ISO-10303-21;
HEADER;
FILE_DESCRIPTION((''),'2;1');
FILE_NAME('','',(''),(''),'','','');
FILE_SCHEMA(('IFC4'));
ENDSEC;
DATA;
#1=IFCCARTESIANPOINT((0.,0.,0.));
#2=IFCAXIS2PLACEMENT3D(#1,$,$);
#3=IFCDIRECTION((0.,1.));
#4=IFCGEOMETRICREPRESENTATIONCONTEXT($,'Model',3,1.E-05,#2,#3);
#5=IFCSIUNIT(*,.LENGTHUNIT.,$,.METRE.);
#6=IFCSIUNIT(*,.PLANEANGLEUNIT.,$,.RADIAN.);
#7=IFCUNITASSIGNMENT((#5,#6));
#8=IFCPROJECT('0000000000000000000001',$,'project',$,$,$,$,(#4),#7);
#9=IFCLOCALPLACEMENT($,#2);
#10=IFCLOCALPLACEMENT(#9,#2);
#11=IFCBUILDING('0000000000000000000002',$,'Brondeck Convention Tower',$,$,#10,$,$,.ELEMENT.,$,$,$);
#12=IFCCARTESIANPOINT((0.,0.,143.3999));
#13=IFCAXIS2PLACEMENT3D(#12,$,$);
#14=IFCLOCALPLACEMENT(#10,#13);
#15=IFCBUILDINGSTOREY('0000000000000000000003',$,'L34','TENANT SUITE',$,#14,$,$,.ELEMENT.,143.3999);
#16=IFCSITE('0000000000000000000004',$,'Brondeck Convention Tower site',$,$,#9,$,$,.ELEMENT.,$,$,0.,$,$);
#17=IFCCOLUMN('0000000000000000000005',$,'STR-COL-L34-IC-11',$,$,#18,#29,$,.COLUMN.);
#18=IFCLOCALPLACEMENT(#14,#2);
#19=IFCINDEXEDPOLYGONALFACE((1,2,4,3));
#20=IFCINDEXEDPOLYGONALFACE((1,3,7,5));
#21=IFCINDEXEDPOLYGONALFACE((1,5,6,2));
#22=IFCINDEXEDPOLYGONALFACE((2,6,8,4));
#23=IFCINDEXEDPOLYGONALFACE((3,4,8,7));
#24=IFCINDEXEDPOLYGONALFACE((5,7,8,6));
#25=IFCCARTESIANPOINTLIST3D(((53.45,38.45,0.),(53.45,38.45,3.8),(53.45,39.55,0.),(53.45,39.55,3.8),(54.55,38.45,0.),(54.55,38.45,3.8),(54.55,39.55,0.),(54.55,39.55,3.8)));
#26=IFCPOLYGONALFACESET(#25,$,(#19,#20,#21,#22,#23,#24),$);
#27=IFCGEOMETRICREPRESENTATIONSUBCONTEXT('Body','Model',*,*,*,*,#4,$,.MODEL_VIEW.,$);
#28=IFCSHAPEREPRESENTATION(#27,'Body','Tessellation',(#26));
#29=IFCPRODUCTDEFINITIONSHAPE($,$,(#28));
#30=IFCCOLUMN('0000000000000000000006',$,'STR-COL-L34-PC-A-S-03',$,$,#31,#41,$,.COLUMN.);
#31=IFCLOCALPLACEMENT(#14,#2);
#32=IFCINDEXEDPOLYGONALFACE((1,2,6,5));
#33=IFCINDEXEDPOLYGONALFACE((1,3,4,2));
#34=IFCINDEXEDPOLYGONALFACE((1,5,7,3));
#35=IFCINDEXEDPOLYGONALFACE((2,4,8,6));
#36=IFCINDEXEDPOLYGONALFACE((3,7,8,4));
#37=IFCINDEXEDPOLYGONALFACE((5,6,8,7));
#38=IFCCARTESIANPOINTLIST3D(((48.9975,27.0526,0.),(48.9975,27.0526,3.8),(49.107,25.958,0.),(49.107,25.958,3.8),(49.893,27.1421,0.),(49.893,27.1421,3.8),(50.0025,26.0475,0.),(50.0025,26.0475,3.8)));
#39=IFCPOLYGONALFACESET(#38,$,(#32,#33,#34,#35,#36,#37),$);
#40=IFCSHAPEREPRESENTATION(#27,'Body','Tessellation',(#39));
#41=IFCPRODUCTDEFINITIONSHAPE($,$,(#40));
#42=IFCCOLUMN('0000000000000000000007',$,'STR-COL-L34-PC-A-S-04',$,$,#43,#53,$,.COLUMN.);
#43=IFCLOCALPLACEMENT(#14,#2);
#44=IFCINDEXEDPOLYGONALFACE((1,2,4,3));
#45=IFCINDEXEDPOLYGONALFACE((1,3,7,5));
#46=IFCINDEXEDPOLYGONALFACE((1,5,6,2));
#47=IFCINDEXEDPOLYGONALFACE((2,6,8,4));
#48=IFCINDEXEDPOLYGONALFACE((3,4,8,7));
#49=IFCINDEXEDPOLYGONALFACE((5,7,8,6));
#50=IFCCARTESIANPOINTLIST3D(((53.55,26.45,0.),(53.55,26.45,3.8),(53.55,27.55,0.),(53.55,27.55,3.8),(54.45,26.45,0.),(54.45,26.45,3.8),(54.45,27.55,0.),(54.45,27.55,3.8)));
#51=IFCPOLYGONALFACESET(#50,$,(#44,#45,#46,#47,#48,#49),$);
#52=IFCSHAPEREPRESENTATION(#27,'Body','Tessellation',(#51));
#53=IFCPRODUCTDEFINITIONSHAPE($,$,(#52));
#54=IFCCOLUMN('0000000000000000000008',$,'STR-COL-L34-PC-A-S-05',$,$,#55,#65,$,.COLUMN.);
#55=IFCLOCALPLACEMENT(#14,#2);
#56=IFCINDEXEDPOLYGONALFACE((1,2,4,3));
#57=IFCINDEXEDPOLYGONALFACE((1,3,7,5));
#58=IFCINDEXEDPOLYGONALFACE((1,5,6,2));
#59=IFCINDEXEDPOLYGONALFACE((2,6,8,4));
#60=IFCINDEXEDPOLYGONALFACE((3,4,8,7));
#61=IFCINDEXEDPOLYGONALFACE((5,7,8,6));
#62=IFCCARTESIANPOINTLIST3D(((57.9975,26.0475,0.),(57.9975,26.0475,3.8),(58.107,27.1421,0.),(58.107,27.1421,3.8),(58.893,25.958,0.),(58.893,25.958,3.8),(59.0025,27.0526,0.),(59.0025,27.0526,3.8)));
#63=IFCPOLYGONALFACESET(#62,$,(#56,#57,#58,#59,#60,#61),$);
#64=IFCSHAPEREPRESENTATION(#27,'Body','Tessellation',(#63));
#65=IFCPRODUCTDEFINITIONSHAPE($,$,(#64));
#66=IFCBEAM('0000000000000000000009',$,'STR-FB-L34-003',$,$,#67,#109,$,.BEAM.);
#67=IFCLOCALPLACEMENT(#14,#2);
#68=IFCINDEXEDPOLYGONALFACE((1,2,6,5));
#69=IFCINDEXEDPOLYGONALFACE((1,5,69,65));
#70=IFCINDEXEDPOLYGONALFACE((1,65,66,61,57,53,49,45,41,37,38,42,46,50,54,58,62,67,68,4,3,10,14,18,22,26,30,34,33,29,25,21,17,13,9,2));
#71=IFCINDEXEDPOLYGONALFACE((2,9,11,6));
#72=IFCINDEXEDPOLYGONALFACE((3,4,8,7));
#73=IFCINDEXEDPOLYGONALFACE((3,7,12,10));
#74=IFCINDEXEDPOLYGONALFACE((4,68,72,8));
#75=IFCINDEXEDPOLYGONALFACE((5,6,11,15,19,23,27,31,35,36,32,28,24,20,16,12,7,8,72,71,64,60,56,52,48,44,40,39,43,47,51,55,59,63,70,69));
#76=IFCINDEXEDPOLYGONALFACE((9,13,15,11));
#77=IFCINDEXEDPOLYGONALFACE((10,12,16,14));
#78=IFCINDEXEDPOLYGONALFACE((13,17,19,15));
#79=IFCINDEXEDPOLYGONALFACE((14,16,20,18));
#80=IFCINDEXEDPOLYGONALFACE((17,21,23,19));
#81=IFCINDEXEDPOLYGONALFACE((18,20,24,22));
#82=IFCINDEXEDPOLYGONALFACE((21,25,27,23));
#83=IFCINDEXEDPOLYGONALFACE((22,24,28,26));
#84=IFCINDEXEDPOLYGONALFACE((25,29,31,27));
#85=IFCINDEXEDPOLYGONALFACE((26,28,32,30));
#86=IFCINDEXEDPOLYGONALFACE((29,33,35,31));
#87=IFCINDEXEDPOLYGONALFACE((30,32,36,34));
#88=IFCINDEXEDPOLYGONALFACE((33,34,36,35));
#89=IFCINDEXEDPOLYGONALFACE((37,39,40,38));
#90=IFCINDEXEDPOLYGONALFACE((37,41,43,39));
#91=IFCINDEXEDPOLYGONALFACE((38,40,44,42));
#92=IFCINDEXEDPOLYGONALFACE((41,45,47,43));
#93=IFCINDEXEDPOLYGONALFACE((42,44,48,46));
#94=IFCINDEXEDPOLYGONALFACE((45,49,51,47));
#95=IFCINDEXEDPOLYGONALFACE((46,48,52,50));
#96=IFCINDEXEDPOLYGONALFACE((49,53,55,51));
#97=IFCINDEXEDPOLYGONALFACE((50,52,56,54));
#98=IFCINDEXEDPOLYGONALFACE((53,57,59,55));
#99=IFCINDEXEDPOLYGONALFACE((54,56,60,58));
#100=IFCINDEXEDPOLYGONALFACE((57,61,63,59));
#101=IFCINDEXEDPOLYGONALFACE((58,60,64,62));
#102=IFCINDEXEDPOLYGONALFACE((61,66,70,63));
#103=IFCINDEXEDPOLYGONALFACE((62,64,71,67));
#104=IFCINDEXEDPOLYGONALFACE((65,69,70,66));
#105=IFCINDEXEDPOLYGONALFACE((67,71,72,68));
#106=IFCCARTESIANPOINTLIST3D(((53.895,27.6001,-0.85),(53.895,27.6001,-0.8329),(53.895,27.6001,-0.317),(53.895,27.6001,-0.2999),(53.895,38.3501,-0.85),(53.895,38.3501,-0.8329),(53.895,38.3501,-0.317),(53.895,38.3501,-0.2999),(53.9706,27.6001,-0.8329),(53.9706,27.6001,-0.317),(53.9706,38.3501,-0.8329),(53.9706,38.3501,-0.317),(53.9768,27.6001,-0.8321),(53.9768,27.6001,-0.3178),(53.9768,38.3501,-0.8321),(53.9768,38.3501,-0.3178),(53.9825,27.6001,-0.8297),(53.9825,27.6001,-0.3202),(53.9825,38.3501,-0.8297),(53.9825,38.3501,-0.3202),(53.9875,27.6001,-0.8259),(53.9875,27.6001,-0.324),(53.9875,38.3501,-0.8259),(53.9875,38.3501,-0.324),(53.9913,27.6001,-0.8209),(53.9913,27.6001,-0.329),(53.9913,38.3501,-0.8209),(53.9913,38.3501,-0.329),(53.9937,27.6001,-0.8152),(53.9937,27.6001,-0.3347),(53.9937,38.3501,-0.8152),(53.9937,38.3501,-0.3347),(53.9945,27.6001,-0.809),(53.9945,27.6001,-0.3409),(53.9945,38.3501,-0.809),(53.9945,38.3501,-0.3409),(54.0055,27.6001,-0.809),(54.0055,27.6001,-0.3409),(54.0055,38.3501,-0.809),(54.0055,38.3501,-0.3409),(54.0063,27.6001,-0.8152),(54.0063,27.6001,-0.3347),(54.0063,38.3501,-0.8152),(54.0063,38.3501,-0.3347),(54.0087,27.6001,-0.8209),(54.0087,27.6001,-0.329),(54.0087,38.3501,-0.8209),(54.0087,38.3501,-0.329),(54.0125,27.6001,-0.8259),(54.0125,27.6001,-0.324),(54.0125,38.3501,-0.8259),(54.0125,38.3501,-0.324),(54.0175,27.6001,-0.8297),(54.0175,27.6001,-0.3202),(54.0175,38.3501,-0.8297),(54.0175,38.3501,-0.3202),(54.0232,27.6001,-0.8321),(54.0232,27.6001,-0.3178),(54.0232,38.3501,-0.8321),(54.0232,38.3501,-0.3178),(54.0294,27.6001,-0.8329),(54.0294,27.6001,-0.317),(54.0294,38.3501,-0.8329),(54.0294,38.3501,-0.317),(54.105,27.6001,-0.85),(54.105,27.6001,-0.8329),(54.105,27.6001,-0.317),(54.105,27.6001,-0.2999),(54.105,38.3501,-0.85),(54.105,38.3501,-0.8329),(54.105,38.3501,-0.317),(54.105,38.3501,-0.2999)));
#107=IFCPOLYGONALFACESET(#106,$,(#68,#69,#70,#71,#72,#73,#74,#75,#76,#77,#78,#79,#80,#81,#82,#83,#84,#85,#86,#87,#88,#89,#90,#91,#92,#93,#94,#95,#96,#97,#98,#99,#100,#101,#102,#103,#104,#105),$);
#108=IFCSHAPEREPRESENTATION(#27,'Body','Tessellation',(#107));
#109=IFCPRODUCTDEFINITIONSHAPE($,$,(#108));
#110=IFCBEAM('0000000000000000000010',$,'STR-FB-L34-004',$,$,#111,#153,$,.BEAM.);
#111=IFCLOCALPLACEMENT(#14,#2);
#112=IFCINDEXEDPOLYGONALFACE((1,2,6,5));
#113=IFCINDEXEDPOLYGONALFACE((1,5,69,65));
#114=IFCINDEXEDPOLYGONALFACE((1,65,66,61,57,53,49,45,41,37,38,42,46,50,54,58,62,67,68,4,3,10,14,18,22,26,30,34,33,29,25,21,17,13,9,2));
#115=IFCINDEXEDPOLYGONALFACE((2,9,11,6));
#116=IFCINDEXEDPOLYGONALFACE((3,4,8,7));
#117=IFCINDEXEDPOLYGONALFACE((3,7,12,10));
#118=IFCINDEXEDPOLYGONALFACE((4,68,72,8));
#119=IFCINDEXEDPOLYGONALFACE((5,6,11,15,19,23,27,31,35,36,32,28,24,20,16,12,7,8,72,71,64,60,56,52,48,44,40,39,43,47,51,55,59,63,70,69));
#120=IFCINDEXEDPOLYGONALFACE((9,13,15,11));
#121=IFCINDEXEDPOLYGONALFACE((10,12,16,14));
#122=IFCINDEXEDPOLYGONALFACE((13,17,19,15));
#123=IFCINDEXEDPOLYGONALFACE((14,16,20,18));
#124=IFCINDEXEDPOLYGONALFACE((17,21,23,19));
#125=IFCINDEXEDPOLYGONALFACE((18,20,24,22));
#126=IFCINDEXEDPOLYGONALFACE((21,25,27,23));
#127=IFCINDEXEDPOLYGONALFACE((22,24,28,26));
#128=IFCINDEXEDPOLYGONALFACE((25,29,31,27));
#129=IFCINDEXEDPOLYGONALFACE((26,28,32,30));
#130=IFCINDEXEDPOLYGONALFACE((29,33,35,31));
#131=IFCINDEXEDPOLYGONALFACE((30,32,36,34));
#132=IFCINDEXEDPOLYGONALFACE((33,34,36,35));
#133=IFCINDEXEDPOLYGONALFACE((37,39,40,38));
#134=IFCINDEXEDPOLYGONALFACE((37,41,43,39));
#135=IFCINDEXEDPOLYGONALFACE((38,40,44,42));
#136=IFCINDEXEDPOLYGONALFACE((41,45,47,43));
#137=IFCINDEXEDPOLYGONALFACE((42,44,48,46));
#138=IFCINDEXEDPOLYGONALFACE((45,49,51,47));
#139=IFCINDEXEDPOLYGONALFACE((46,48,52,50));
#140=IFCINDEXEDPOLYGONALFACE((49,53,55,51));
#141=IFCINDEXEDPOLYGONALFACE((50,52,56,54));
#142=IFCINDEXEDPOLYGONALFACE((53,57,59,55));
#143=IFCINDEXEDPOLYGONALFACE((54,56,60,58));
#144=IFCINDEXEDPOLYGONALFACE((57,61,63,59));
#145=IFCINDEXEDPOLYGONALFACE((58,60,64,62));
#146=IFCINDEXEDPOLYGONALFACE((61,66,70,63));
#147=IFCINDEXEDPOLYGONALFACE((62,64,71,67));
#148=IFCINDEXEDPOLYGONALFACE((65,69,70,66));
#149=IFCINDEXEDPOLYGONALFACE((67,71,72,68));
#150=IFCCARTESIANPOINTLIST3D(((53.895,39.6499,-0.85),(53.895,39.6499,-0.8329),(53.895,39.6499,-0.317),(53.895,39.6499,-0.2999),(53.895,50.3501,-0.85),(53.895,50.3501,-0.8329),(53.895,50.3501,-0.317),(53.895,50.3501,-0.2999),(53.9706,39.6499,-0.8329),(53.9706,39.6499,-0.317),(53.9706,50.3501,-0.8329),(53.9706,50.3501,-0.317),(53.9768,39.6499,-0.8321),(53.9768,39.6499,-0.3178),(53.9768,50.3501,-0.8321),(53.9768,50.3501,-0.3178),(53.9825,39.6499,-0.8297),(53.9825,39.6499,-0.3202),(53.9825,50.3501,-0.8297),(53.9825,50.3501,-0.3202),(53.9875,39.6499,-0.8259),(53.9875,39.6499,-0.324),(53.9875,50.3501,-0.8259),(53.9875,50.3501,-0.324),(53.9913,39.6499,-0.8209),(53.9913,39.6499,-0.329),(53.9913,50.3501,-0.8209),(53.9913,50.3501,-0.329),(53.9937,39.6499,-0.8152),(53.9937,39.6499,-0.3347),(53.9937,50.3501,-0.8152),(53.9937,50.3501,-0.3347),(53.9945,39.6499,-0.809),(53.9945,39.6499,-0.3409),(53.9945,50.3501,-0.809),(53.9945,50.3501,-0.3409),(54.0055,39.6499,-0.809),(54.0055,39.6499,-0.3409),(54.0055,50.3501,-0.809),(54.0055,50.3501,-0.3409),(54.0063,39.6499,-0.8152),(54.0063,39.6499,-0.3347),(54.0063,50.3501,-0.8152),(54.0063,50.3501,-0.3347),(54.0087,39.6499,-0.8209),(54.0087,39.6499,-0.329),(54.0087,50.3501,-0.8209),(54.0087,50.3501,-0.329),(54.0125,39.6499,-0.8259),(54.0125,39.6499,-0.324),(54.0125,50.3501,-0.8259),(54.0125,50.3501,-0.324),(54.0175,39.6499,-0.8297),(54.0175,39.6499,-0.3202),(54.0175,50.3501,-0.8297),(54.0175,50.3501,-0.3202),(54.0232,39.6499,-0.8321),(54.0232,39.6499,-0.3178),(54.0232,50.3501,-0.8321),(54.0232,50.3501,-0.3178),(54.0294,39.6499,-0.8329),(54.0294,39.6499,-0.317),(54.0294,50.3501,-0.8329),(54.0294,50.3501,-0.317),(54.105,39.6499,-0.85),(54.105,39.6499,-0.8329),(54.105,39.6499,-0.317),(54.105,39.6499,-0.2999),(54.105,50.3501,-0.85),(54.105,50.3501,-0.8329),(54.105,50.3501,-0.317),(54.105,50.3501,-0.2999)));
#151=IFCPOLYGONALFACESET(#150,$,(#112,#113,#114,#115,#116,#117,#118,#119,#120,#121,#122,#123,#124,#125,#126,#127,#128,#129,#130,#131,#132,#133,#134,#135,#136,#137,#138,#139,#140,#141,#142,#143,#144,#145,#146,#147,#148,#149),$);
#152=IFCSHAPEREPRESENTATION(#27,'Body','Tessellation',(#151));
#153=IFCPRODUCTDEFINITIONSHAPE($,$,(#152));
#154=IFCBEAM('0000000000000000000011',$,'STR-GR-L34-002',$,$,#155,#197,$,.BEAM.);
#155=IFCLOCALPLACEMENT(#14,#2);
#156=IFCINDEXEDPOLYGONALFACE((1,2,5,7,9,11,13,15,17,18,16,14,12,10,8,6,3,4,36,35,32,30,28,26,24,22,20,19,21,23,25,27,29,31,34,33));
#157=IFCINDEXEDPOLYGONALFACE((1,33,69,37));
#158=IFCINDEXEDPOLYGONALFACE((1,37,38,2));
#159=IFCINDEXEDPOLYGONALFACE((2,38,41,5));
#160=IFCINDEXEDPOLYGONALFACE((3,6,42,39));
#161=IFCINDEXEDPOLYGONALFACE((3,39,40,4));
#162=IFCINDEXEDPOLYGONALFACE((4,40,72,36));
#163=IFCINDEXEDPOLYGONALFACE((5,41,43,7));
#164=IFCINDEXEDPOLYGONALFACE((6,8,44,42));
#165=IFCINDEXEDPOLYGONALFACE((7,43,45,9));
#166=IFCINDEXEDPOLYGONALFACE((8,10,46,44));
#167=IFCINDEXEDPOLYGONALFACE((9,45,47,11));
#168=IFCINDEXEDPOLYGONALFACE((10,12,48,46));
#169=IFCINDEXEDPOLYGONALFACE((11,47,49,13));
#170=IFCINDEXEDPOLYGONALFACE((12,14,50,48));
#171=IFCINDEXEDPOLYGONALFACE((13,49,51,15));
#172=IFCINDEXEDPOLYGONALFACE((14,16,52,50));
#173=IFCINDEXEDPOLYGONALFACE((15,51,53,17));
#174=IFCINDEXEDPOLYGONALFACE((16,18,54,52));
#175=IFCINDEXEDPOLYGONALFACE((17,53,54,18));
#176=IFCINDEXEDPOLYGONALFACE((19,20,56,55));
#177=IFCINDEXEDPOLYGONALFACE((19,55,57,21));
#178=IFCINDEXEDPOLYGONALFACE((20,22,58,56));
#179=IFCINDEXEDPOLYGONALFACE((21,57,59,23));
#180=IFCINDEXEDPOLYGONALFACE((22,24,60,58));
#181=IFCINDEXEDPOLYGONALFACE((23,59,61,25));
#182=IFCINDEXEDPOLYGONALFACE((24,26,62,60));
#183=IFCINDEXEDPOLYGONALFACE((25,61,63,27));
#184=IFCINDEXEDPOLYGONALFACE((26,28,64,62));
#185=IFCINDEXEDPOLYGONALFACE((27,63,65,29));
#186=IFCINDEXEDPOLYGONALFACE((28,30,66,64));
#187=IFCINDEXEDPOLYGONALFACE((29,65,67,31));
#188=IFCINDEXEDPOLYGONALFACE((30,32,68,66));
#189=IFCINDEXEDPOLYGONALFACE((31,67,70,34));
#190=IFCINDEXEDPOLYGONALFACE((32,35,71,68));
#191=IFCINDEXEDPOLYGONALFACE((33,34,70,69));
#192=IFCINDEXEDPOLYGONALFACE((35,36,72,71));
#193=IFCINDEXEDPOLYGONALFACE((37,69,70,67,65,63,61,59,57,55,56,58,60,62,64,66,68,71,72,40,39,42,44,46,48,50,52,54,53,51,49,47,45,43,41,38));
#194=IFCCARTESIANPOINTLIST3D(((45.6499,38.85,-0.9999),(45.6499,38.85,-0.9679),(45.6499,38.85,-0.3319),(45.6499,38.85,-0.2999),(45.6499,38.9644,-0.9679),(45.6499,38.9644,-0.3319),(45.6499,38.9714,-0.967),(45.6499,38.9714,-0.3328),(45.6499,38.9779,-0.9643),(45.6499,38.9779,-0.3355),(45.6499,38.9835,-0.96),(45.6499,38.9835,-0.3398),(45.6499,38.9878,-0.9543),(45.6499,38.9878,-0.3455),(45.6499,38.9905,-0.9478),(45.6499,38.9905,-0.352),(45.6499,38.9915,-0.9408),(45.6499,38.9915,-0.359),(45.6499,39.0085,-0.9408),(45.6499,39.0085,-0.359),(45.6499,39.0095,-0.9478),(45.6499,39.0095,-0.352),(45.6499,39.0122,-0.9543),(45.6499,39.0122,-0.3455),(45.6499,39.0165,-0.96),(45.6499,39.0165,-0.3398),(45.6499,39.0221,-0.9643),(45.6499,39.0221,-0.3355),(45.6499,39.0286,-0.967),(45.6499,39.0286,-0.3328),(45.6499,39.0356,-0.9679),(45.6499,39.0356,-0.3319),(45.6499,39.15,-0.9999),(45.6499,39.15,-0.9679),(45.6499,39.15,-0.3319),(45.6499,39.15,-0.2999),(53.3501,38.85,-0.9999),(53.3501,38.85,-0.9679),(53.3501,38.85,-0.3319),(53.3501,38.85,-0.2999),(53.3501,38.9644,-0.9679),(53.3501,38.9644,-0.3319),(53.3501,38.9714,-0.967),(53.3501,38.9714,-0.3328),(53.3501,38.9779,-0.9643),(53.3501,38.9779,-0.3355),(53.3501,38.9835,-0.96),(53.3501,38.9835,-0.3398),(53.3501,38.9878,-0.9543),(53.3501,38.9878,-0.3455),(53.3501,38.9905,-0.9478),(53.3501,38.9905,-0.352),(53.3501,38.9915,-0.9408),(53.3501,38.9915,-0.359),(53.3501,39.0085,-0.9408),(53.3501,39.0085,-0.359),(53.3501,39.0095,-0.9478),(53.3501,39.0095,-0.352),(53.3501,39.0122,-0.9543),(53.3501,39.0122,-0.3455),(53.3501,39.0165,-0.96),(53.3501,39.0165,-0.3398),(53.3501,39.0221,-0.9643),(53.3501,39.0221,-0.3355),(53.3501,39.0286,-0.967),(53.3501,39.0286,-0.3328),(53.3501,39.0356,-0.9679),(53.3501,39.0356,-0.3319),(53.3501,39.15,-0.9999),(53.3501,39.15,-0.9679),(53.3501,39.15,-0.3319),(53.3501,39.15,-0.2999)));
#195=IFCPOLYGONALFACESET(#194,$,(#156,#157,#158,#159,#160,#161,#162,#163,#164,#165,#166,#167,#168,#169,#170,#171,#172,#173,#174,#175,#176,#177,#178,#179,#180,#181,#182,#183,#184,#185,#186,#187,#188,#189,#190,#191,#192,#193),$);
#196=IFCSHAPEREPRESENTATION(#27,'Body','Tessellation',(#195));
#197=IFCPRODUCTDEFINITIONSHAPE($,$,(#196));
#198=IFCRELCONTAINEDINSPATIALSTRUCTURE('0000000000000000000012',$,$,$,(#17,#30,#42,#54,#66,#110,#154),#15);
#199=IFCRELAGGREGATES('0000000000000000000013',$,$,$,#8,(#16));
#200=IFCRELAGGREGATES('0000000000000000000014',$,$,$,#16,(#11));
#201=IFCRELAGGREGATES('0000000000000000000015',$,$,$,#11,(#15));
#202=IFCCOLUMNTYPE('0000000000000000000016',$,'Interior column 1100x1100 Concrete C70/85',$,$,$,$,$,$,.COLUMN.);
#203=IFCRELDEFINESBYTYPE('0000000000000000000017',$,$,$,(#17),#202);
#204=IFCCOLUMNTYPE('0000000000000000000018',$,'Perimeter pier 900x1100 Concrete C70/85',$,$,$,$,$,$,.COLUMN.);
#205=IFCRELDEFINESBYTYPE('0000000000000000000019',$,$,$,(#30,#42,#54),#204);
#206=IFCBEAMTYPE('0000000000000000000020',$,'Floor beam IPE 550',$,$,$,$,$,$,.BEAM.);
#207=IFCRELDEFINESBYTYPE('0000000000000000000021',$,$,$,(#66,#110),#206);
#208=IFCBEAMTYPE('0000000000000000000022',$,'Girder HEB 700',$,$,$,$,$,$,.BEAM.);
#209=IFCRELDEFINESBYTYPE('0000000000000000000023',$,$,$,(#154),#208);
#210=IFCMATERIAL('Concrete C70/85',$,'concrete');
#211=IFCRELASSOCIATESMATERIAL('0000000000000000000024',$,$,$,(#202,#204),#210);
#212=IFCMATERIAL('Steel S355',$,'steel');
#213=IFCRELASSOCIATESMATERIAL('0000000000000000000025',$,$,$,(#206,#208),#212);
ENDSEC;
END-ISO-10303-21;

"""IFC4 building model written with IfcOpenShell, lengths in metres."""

from ifc_helpers import new_model, si_unit, direction, frame, origin, origin_2d, place, context, subcontext, project, spatial, rectangle, i_section, extrude, material, material_profile, profile_set, type_object, element, save


model = new_model("IFC4")

# Units and contexts
model_context = context("Model", 3, precision=1e-05, world=origin(), true_north=direction((0.0, 1.0)))
body_context = subcontext(model_context, "Body", "Model", "MODEL_VIEW")
ifc_project = project(units=[si_unit("LENGTHUNIT", "METRE"), si_unit("PLANEANGLEUNIT", "RADIAN")], contexts=[model_context])

# Site, building, storey
site_placement = place(None, origin())
site = spatial("IfcSite", under=ifc_project, at=site_placement, Name="Brondeck Convention Tower site", CompositionType="ELEMENT", RefElevation=0.0)
building_placement = place(site_placement, origin())
building = spatial("IfcBuilding", under=site, at=building_placement, Name="Brondeck Convention Tower", CompositionType="ELEMENT")
storey_placement = place(building_placement, frame((0.0, 0.0, 143.3999)))
storey = spatial("IfcBuildingStorey", under=building, at=storey_placement, Name="L34", Description="TENANT SUITE", CompositionType="ELEMENT", Elevation=143.3999)

# Columns
ifc_material_1 = material(Name="Concrete C70/85", Category="concrete")
ifc_material_profile_1 = material_profile(ifc_material_1, rectangle(XDim=1.1001, YDim=1.1001, at=origin_2d()), Name="Interior column 1100x1100 Concrete C70/85")
ifc_profile_set_1 = profile_set([ifc_material_profile_1], Name="Concrete C70/85")
column_type_1 = type_object("IfcColumnType", Name="Interior column 1100x1100 Concrete C70/85", PredefinedType="COLUMN", material=ifc_profile_set_1)
column_placement = place(storey_placement, frame((54.0, 39.0, 0.0), z_axis=(0.0, 0.0, 1.0), x_axis=(1.0, 0.0, 0.0)))
element("IfcColumn", 1, at=column_placement, inside=storey, type_object=column_type_1, Name="STR-COL-L34-IC-11", PredefinedType="COLUMN", context=body_context, shape_type="SweptSolid", body=[
    extrude(rectangle(XDim=1.1001, YDim=1.1001, at=origin_2d()), origin(), (0.0, 0.0, 1.0), 3.8),
])
ifc_material_profile_2 = material_profile(ifc_material_1, rectangle(XDim=0.8999, YDim=1.1001, at=origin_2d()), Name="Perimeter pier 900x1100 Concrete C70/85")
ifc_profile_set_2 = profile_set([ifc_material_profile_2], Name="Concrete C70/85")
column_type_2 = type_object("IfcColumnType", Name="Perimeter pier 900x1100 Concrete C70/85", PredefinedType="COLUMN", material=ifc_profile_set_2)
for number, where, z_axis, x_axis, name in (
    (2, (49.5, 26.55, 0.0), (0.0, 0.0, 1.0), (0.995037, 0.099504, 0.0), "STR-COL-L34-PC-A-S-03"),
    (3, (54.0, 27.0, 0.0), (0.0, 0.0, 1.0), (1.0, 0.0, 0.0), "STR-COL-L34-PC-A-S-04"),
    (4, (58.5, 26.55, 0.0), (0.0, 0.0, 1.0), (0.995037, -0.099504, 0.0), "STR-COL-L34-PC-A-S-05"),
):
    element("IfcColumn", number, at=place(storey_placement, frame(where, z_axis=z_axis, x_axis=x_axis)), inside=storey, type_object=column_type_2, Name=name, PredefinedType="COLUMN", context=body_context, shape_type="SweptSolid", body=[
        extrude(rectangle(XDim=0.8999, YDim=1.1001, at=origin_2d()), origin(), (0.0, 0.0, 1.0), 3.8),
    ])

# Beams
ifc_material_2 = material(Name="Steel S355", Category="steel")
ifc_material_profile_3 = material_profile(ifc_material_2, i_section(OverallWidth=0.21, OverallDepth=0.55, WebThickness=0.011, FlangeThickness=0.0171, FilletRadius=0.0239, at=origin_2d()), Name="IPE 550")
ifc_profile_set_3 = profile_set([ifc_material_profile_3], Name="Steel S355")
beam_type_1 = type_object("IfcBeamType", Name="Floor beam IPE 550", PredefinedType="BEAM", material=ifc_profile_set_3)
beam_1_placement = place(storey_placement, frame((54.0, 27.6001, -0.575), z_axis=(0.0, 1.0, 0.0), x_axis=(-1.0, 0.0, 0.0)))
element("IfcBeam", 5, at=beam_1_placement, inside=storey, type_object=beam_type_1, Name="STR-FB-L34-003", PredefinedType="BEAM", context=body_context, shape_type="SweptSolid", body=[
    extrude(i_section(OverallWidth=0.21, OverallDepth=0.55, WebThickness=0.011, FlangeThickness=0.0171, FilletRadius=0.0239, at=origin_2d()), origin(), (0.0, 0.0, 1.0), 10.75),
])
beam_2_placement = place(storey_placement, frame((54.0, 39.6499, -0.575), z_axis=(0.0, 1.0, 0.0), x_axis=(-1.0, 0.0, 0.0)))
element("IfcBeam", 6, at=beam_2_placement, inside=storey, type_object=beam_type_1, Name="STR-FB-L34-004", PredefinedType="BEAM", context=body_context, shape_type="SweptSolid", body=[
    extrude(i_section(OverallWidth=0.21, OverallDepth=0.55, WebThickness=0.011, FlangeThickness=0.0171, FilletRadius=0.0239, at=origin_2d()), origin(), (0.0, 0.0, 1.0), 10.7002),
])
ifc_material_profile_4 = material_profile(ifc_material_2, i_section(OverallWidth=0.3, OverallDepth=0.7, WebThickness=0.0171, FlangeThickness=0.032, FilletRadius=0.0271, at=origin_2d()), Name="HEB 700")
ifc_profile_set_4 = profile_set([ifc_material_profile_4], Name="Steel S355")
beam_type_2 = type_object("IfcBeamType", Name="Girder HEB 700", PredefinedType="BEAM", material=ifc_profile_set_4)
for number, where, z_axis, x_axis, name in (
    (7, (45.6499, 39.0, -0.6499), (1.0, 0.0, 0.0), (0.0, 1.0, 0.0), "STR-GR-L34-002"),
):
    element("IfcBeam", number, at=place(storey_placement, frame(where, z_axis=z_axis, x_axis=x_axis)), inside=storey, type_object=beam_type_2, Name=name, PredefinedType="BEAM", context=body_context, shape_type="SweptSolid", body=[
        extrude(i_section(OverallWidth=0.3, OverallDepth=0.7, WebThickness=0.0171, FlangeThickness=0.032, FilletRadius=0.0271, at=origin_2d()), origin(), (0.0, 0.0, 1.0), 7.7002),
    ])

save(model, "model.ifc")
